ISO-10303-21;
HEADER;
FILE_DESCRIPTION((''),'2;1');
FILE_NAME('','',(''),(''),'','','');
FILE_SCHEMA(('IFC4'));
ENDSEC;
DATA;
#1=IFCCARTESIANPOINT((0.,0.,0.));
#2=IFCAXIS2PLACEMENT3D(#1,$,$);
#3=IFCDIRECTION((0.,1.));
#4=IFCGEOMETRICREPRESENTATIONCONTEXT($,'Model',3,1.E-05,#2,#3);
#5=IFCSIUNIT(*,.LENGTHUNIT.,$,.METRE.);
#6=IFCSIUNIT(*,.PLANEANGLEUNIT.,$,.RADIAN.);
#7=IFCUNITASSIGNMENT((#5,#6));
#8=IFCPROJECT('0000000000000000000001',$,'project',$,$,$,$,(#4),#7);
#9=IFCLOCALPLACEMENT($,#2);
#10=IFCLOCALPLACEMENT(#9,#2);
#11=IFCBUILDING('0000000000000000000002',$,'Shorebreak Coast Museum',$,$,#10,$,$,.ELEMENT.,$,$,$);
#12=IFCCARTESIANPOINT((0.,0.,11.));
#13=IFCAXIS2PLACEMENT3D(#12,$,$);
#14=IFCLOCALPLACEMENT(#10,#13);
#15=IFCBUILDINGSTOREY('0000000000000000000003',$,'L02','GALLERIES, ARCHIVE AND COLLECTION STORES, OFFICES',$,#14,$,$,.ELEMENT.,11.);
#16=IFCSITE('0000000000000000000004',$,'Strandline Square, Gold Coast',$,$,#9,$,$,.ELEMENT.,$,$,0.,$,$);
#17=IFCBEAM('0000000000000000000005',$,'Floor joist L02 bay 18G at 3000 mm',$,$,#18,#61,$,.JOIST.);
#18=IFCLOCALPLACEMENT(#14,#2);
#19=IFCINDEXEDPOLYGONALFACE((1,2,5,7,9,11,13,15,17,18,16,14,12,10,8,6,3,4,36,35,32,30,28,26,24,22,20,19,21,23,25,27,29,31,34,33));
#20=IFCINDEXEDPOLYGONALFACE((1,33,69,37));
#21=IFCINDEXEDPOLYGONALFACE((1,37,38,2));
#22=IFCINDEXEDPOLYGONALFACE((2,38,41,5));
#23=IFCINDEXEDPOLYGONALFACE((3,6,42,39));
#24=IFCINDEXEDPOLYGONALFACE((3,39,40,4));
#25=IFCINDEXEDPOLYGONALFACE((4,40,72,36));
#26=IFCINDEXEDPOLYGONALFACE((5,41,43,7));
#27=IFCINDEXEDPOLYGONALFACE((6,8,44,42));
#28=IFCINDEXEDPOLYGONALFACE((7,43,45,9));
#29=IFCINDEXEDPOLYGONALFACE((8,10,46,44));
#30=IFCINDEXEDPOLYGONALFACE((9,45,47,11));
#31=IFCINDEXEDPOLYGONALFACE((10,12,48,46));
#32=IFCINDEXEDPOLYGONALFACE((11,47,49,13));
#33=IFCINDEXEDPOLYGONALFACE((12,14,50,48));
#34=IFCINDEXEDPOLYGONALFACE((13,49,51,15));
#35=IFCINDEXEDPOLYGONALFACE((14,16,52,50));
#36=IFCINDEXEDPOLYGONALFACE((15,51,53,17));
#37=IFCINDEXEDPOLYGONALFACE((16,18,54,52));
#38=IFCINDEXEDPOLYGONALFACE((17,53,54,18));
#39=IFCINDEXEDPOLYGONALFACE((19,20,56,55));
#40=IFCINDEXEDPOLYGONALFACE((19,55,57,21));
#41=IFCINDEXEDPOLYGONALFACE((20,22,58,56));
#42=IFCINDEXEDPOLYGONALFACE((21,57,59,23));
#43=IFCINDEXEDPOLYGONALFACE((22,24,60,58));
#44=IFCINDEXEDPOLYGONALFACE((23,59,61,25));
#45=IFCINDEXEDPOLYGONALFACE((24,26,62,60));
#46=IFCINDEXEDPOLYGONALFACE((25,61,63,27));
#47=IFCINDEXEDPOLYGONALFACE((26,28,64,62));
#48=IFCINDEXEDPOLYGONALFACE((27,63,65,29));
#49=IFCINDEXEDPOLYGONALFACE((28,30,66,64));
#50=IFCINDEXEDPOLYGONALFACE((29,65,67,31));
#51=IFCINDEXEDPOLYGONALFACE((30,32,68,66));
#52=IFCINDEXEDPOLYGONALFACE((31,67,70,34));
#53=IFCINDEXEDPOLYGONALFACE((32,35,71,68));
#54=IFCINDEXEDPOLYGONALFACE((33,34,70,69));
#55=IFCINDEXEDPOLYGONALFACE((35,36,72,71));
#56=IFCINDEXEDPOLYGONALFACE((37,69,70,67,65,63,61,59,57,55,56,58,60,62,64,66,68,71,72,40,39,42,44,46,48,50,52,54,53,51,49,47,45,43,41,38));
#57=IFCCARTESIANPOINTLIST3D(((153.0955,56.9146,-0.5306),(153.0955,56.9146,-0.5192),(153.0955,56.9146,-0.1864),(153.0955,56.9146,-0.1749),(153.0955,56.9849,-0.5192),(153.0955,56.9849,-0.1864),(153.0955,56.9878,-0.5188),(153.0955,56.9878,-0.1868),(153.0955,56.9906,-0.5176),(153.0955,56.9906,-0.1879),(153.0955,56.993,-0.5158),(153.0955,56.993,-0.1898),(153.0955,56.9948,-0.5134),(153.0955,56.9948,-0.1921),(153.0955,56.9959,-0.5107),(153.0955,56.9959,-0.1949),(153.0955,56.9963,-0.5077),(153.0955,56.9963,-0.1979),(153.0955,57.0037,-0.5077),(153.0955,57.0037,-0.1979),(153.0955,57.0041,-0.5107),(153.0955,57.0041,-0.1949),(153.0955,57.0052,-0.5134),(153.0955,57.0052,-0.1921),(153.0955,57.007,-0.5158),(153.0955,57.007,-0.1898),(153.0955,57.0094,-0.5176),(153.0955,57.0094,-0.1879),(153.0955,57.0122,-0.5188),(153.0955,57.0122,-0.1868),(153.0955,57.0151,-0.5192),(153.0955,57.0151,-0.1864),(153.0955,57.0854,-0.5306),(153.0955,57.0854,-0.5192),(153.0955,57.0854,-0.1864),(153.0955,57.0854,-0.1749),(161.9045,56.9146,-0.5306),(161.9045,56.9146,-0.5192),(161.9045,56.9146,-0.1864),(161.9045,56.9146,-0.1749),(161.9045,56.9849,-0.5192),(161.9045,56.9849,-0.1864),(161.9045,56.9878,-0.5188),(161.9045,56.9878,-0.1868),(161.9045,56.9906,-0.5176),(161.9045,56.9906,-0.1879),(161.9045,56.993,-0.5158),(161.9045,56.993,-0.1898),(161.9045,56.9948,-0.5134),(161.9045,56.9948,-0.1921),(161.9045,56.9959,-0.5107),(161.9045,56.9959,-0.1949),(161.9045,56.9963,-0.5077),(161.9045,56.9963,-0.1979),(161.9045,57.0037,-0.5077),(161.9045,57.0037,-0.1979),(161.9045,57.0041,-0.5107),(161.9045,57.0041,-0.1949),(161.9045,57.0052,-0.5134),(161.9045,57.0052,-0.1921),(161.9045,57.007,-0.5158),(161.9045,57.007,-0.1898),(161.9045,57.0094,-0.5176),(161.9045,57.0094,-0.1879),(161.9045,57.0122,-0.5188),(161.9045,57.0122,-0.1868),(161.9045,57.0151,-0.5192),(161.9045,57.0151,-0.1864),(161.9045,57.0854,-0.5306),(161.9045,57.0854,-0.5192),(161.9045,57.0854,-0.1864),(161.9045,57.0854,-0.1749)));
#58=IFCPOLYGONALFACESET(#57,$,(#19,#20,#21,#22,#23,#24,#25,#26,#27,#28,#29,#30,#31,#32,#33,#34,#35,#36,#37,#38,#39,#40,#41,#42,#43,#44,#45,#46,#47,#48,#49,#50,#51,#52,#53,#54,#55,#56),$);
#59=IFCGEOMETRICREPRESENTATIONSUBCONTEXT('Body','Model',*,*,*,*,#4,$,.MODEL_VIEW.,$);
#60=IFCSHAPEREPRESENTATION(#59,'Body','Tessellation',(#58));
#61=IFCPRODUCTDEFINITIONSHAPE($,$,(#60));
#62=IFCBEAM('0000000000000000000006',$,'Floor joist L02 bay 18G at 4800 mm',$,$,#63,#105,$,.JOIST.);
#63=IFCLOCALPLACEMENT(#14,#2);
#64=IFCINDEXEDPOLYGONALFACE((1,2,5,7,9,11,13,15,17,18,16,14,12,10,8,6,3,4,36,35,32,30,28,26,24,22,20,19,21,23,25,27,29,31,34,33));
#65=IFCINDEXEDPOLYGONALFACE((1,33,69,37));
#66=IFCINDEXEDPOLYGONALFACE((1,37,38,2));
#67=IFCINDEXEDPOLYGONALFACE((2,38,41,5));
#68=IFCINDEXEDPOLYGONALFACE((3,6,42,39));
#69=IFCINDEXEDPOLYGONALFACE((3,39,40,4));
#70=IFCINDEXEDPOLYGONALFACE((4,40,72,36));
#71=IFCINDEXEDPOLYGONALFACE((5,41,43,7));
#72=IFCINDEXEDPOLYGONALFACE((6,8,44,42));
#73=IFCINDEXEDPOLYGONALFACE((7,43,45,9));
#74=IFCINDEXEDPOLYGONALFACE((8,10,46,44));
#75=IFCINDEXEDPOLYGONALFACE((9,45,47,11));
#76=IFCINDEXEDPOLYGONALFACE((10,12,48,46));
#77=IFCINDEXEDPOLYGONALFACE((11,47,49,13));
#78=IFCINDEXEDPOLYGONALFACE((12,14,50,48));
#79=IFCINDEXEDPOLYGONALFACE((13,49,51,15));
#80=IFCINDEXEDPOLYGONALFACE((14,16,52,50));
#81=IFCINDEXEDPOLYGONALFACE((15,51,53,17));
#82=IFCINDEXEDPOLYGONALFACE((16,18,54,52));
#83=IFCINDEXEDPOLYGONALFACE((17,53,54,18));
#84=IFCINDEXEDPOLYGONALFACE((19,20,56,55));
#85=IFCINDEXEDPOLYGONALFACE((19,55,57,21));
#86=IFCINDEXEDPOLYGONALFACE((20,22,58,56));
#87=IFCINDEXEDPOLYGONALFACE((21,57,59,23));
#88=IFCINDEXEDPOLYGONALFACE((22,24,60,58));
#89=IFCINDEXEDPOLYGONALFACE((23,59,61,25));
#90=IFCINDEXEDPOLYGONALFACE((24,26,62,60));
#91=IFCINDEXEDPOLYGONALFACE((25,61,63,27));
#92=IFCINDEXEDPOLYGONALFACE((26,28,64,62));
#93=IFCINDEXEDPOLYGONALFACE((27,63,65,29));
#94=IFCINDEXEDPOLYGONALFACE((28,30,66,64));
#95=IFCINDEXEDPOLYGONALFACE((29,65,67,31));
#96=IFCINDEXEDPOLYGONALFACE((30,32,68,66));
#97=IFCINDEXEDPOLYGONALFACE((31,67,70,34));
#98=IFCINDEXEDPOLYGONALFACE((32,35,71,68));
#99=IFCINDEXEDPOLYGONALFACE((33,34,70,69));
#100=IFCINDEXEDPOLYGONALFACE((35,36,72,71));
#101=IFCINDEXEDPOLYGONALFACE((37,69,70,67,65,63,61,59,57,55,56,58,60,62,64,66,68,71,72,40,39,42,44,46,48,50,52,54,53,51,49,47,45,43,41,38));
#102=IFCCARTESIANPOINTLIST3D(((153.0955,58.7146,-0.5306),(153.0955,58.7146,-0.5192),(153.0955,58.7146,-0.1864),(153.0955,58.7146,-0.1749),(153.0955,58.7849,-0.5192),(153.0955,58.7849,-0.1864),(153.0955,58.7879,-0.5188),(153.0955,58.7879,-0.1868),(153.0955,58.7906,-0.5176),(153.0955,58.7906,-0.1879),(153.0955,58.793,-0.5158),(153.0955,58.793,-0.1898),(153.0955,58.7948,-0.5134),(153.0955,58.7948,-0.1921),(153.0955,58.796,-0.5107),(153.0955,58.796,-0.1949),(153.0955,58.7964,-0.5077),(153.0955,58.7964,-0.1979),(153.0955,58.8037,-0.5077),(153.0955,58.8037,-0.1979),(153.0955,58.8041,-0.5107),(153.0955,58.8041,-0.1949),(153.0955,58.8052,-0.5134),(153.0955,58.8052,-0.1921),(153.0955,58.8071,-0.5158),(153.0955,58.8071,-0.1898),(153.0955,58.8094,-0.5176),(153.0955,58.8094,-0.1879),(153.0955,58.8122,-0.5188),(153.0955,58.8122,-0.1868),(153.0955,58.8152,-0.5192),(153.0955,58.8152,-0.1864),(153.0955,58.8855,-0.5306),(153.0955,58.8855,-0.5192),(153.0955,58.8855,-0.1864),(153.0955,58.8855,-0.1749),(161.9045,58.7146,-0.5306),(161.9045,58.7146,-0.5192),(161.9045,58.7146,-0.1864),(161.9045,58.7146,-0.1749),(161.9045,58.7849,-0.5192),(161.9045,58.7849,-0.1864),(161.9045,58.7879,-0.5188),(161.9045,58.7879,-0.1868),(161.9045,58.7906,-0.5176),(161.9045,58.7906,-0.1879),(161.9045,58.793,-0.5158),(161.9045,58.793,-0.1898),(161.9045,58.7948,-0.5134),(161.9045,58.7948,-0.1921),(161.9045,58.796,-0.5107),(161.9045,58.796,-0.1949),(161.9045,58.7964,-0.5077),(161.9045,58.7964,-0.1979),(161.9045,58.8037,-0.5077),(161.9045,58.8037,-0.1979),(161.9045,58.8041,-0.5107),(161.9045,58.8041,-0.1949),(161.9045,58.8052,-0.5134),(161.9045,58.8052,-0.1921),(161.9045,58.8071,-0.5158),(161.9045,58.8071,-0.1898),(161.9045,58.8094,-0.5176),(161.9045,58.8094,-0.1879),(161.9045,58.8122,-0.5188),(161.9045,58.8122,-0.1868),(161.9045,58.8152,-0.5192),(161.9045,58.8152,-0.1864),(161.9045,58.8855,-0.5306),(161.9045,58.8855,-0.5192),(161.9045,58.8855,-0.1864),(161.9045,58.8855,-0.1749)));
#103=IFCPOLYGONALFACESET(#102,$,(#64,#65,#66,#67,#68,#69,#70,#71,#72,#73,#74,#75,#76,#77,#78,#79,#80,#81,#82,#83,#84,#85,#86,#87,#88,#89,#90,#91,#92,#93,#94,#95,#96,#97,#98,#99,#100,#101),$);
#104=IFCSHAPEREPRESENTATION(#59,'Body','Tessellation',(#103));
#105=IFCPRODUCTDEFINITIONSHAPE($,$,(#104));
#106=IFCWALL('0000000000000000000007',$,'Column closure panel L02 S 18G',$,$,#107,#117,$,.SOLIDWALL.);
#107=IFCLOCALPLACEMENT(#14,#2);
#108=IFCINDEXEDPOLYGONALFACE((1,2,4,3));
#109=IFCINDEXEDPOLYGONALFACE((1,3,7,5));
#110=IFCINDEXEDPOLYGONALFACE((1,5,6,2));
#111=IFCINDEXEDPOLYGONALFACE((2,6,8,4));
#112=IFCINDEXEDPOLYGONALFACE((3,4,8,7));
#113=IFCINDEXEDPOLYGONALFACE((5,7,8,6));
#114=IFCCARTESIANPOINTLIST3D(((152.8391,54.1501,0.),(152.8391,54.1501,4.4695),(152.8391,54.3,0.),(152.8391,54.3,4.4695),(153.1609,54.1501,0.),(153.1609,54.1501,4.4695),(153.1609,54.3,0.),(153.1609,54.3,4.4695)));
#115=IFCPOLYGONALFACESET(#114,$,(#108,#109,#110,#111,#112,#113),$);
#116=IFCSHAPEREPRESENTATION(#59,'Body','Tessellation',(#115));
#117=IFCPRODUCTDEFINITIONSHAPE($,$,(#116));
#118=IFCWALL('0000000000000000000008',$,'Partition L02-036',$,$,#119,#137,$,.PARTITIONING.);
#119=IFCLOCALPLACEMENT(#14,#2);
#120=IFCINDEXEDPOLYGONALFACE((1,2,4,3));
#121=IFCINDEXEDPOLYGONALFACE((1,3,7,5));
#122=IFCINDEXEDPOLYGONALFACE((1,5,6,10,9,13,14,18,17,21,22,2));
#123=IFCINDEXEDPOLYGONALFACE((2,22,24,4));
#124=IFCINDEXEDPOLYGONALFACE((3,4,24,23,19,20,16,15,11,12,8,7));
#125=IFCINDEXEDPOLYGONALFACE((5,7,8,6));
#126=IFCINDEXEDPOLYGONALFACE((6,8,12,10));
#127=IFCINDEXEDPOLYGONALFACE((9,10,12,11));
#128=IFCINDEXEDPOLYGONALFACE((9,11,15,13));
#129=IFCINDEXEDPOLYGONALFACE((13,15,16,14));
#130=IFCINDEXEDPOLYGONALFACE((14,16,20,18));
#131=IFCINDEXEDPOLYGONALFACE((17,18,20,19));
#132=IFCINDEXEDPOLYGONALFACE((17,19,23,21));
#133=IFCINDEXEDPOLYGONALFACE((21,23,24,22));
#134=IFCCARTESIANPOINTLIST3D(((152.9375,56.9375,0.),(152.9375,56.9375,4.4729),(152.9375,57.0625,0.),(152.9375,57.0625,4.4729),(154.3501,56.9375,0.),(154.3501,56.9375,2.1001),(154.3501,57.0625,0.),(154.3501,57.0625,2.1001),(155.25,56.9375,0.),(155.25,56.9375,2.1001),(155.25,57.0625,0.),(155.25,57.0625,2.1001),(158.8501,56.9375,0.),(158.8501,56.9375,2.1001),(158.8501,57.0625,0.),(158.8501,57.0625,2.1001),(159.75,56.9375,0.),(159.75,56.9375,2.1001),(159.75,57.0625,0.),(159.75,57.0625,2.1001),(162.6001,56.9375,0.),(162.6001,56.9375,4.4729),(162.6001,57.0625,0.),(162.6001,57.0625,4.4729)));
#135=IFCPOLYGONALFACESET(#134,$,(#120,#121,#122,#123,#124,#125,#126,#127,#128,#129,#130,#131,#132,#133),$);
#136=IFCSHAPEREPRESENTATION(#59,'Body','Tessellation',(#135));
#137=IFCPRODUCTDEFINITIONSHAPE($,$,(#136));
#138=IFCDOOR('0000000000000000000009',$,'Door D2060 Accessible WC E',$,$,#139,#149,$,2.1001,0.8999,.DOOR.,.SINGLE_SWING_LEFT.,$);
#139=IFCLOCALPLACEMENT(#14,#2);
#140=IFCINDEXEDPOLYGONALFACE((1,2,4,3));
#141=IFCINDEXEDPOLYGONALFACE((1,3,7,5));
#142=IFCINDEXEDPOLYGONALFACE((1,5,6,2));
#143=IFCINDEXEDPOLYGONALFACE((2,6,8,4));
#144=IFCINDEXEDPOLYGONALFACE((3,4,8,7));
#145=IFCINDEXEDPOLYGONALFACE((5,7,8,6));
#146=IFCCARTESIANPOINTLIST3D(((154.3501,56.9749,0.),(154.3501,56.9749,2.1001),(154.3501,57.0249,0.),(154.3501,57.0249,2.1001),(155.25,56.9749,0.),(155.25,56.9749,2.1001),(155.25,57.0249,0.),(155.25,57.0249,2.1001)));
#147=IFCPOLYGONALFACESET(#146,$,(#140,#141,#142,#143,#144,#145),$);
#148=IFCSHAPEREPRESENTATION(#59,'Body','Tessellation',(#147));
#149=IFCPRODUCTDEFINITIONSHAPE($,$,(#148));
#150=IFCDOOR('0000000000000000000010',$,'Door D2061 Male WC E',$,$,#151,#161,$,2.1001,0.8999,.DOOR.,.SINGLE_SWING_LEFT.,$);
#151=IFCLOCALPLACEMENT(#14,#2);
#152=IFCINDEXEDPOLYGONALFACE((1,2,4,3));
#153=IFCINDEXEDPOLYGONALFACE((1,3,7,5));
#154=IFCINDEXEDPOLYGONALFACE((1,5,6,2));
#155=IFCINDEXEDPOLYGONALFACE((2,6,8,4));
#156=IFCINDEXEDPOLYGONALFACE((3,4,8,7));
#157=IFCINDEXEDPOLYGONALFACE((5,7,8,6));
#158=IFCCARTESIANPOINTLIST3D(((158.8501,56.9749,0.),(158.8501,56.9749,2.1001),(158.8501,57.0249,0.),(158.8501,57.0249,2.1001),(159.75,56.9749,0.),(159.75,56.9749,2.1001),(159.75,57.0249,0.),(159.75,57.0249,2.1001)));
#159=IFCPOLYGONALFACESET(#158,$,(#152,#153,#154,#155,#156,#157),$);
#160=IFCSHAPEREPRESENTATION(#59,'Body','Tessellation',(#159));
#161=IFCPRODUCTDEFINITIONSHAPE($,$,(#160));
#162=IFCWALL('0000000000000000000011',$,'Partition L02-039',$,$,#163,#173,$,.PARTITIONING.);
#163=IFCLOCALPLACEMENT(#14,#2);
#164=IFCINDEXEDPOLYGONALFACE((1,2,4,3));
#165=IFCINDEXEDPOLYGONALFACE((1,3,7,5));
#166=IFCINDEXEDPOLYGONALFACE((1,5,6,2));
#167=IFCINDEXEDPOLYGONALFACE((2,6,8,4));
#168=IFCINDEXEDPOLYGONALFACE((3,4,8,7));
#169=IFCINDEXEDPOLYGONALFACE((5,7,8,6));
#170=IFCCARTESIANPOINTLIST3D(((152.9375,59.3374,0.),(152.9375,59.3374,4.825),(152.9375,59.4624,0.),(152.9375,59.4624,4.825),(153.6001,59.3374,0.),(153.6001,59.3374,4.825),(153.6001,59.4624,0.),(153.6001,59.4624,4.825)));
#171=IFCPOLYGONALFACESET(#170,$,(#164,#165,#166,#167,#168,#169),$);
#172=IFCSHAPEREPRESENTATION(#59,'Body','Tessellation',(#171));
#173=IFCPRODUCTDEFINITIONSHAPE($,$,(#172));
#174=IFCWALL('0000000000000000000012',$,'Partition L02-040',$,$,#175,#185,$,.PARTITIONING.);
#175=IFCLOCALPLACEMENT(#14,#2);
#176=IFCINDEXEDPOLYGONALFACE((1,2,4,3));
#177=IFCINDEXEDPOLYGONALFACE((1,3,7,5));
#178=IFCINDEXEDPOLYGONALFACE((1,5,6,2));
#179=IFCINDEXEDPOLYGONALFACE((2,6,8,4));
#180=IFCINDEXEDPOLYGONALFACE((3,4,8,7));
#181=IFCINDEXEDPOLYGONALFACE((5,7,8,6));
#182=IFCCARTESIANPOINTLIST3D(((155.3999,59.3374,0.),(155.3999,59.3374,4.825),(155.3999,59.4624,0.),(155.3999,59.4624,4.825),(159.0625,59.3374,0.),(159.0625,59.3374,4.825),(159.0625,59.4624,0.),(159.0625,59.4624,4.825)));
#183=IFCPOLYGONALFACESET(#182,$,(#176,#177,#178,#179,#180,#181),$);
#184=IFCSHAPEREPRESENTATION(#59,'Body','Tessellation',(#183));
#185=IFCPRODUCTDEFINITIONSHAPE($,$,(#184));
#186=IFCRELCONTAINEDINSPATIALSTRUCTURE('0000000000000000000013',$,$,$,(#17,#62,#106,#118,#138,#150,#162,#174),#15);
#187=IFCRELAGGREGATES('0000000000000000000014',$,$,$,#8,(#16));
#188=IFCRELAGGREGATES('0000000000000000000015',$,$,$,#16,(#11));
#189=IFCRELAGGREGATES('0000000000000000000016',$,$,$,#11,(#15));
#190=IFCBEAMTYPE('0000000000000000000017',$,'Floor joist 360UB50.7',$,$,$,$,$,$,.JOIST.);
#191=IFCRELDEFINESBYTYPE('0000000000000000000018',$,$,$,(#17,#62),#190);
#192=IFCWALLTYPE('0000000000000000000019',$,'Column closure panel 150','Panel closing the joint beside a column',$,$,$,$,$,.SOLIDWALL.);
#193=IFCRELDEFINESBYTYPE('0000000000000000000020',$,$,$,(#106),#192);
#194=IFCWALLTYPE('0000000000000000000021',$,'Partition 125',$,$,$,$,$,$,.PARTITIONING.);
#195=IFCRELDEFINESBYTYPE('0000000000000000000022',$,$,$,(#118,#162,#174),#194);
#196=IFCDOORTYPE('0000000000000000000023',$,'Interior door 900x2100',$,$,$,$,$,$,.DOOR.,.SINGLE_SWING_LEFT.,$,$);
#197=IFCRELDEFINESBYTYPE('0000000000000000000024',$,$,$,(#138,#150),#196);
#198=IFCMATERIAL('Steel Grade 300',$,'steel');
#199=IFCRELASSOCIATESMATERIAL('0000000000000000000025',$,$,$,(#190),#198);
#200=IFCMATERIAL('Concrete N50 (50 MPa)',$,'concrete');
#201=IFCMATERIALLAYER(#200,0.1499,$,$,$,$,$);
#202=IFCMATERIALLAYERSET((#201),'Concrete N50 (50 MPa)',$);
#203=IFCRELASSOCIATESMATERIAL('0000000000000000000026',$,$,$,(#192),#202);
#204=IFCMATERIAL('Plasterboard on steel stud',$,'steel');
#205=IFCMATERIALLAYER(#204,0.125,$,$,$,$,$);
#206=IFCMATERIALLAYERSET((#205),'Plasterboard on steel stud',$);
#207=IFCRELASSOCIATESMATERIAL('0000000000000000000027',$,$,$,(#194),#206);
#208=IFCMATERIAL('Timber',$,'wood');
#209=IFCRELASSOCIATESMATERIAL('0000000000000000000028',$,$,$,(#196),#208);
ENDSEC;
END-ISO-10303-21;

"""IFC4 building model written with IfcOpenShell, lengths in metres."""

from ifc_helpers import new_model, si_unit, direction, frame, frame_2d, origin, origin_2d, place, context, subcontext, project, spatial, rectangle, i_section, extrude, material, layer, layer_set, material_profile, profile_set, type_object, element, fill, save


model = new_model("IFC4")

# Units and contexts
model_context = context("Model", 3, precision=1e-05, world=origin(), true_north=direction((0.0, 1.0)))
body_context = subcontext(model_context, "Body", "Model", "MODEL_VIEW")
ifc_project = project(units=[si_unit("LENGTHUNIT", "METRE"), si_unit("PLANEANGLEUNIT", "RADIAN")], contexts=[model_context])

# Site, building, storey
site_placement = place(None, origin())
site = spatial("IfcSite", under=ifc_project, at=site_placement, Name="Strandline Square, Gold Coast", CompositionType="ELEMENT", RefElevation=0.0)
building_placement = place(site_placement, origin())
building = spatial("IfcBuilding", under=site, at=building_placement, Name="Shorebreak Coast Museum", CompositionType="ELEMENT")
storey_placement = place(building_placement, frame((0.0, 0.0, 11.0)))
storey = spatial("IfcBuildingStorey", under=building, at=storey_placement, Name="L02", Description="GALLERIES, ARCHIVE AND COLLECTION STORES, OFFICES", CompositionType="ELEMENT", Elevation=11.0)

# Beams
ifc_material_1 = material(Name="Steel Grade 300", Category="steel")
ifc_material_profile_1 = material_profile(ifc_material_1, i_section(OverallWidth=0.1709, OverallDepth=0.3557, WebThickness=0.0073, FlangeThickness=0.0115, FilletRadius=0.0115, at=origin_2d()), Name="360UB50.7")
ifc_profile_set_1 = profile_set([ifc_material_profile_1], Name="Steel Grade 300")
beam_type_1 = type_object("IfcBeamType", Name="Floor joist 360UB50.7", PredefinedType="JOIST", material=ifc_profile_set_1)
for number, where, z_axis, x_axis, name in (
    (1, (153.0955, 57.0, -0.3528), (1.0, 0.0, 0.0), (0.0, 1.0, 0.0), "Floor joist L02 bay 18G at 3000 mm"),
    (2, (153.0955, 58.8, -0.3528), (1.0, 0.0, 0.0), (0.0, 1.0, 0.0), "Floor joist L02 bay 18G at 4800 mm"),
):
    element("IfcBeam", number, at=place(storey_placement, frame(where, z_axis=z_axis, x_axis=x_axis)), inside=storey, type_object=beam_type_1, Name=name, PredefinedType="JOIST", context=body_context, shape_type="SweptSolid", body=[
        extrude(i_section(OverallWidth=0.1709, OverallDepth=0.3557, WebThickness=0.0073, FlangeThickness=0.0115, FilletRadius=0.0115, at=origin_2d()), origin(), (0.0, 0.0, 1.0), 8.8091),
    ])

# Wall
ifc_material_2 = material(Name="Concrete N50 (50 MPa)", Category="concrete")
ifc_layer_1 = layer(ifc_material_2, 0.1499)
ifc_layer_set_1 = layer_set([ifc_layer_1], Name="Concrete N50 (50 MPa)")
wall_type_1 = type_object("IfcWallType", Name="Column closure panel 150", Description="Panel closing the joint beside a column", PredefinedType="SOLIDWALL", material=ifc_layer_set_1)
wall_1_placement = place(storey_placement, frame((152.8391, 54.2251, 0.0), z_axis=(0.0, 0.0, 1.0), x_axis=(1.0, 0.0, 0.0)))
element("IfcWall", 3, at=wall_1_placement, inside=storey, type_object=wall_type_1, Name="Column closure panel L02 S 18G", PredefinedType="SOLIDWALL", context=body_context, shape_type="SweptSolid", body=[
    extrude(rectangle(XDim=0.3218, YDim=0.1499, at=frame_2d((0.1609, 0.0))), origin(), (0.0, 0.0, 1.0), 4.4695),
])

# Wall, openings, doors
ifc_material_3 = material(Name="Plasterboard on steel stud", Category="steel")
ifc_layer_2 = layer(ifc_material_3, 0.125)
ifc_layer_set_2 = layer_set([ifc_layer_2], Name="Plasterboard on steel stud")
wall_type_2 = type_object("IfcWallType", Name="Partition 125", PredefinedType="PARTITIONING", material=ifc_layer_set_2)
wall_2_placement = place(storey_placement, frame((152.9375, 57.0, 0.0), z_axis=(0.0, 0.0, 1.0), x_axis=(1.0, 0.0, 0.0)))
wall_2 = element("IfcWall", 4, at=wall_2_placement, inside=storey, type_object=wall_type_2, Name="Partition L02-036", PredefinedType="PARTITIONING", context=body_context, shape_type="SweptSolid", body=[
    extrude(rectangle(XDim=9.6626, YDim=0.125, at=frame_2d((4.8313, 0.0))), origin(), (0.0, 0.0, 1.0), 4.4729),
])
opening_1_placement = place(wall_2_placement, frame((1.4126, 0.0, 0.0)))
opening_1 = element("IfcOpeningElement", 5, at=opening_1_placement, cuts=wall_2, PredefinedType="OPENING", context=body_context, shape_type="SweptSolid", body=[
    extrude(rectangle(XDim=0.8999, YDim=2.1001, at=frame_2d((0.45, 1.05))), frame((0.0, 0.0725, 0.0), z_axis=(0.0, -1.0, 0.0), x_axis=(1.0, 0.0, 0.0)), (0.0, 0.0, 1.0), 0.145),
])
opening_2_placement = place(wall_2_placement, frame((5.9126, 0.0, 0.0)))
opening_2 = element("IfcOpeningElement", 6, at=opening_2_placement, cuts=wall_2, PredefinedType="OPENING", context=body_context, shape_type="SweptSolid", body=[
    extrude(rectangle(XDim=0.8999, YDim=2.1001, at=frame_2d((0.45, 1.05))), frame((0.0, 0.0725, 0.0), z_axis=(0.0, -1.0, 0.0), x_axis=(1.0, 0.0, 0.0)), (0.0, 0.0, 1.0), 0.145),
])
ifc_material_4 = material(Name="Timber", Category="wood")
door_type_1 = type_object("IfcDoorType", Name="Interior door 900x2100", OperationType="SINGLE_SWING_LEFT", PredefinedType="DOOR", material=ifc_material_4)
door_1_placement = place(opening_1_placement, origin())
door_1 = element("IfcDoor", 7, at=door_1_placement, inside=storey, type_object=door_type_1, Name="Door D2060 Accessible WC E", OperationType="SINGLE_SWING_LEFT", OverallHeight=2.1001, OverallWidth=0.8999, PredefinedType="DOOR", context=body_context, shape_type="SweptSolid", body=[
    extrude(rectangle(XDim=0.8999, YDim=2.1001, at=frame_2d((0.45, 1.05))), frame((0.0, 0.0249, 0.0), z_axis=(0.0, -1.0, 0.0), x_axis=(1.0, 0.0, 0.0)), (0.0, 0.0, 1.0), 0.05),
])
fill(opening_1, door_1)
door_2_placement = place(opening_2_placement, origin())
door_2 = element("IfcDoor", 8, at=door_2_placement, inside=storey, type_object=door_type_1, Name="Door D2061 Male WC E", OperationType="SINGLE_SWING_LEFT", OverallHeight=2.1001, OverallWidth=0.8999, PredefinedType="DOOR", context=body_context, shape_type="SweptSolid", body=[
    extrude(rectangle(XDim=0.8999, YDim=2.1001, at=frame_2d((0.45, 1.05))), frame((0.0, 0.0249, 0.0), z_axis=(0.0, -1.0, 0.0), x_axis=(1.0, 0.0, 0.0)), (0.0, 0.0, 1.0), 0.05),
])
fill(opening_2, door_2)

# Walls
wall_3_placement = place(storey_placement, frame((152.9375, 59.3999, 0.0), z_axis=(0.0, 0.0, 1.0), x_axis=(1.0, 0.0, 0.0)))
element("IfcWall", 9, at=wall_3_placement, inside=storey, type_object=wall_type_2, Name="Partition L02-039", PredefinedType="PARTITIONING", context=body_context, shape_type="SweptSolid", body=[
    extrude(rectangle(XDim=0.6626, YDim=0.125, at=frame_2d((0.3313, 0.0))), origin(), (0.0, 0.0, 1.0), 4.825),
])
wall_4_placement = place(storey_placement, frame((155.3999, 59.3999, 0.0), z_axis=(0.0, 0.0, 1.0), x_axis=(1.0, 0.0, 0.0)))
element("IfcWall", 10, at=wall_4_placement, inside=storey, type_object=wall_type_2, Name="Partition L02-040", PredefinedType="PARTITIONING", context=body_context, shape_type="SweptSolid", body=[
    extrude(rectangle(XDim=3.6626, YDim=0.125, at=frame_2d((1.8313, 0.0))), origin(), (0.0, 0.0, 1.0), 4.825),
])

save(model, "model.ifc")
